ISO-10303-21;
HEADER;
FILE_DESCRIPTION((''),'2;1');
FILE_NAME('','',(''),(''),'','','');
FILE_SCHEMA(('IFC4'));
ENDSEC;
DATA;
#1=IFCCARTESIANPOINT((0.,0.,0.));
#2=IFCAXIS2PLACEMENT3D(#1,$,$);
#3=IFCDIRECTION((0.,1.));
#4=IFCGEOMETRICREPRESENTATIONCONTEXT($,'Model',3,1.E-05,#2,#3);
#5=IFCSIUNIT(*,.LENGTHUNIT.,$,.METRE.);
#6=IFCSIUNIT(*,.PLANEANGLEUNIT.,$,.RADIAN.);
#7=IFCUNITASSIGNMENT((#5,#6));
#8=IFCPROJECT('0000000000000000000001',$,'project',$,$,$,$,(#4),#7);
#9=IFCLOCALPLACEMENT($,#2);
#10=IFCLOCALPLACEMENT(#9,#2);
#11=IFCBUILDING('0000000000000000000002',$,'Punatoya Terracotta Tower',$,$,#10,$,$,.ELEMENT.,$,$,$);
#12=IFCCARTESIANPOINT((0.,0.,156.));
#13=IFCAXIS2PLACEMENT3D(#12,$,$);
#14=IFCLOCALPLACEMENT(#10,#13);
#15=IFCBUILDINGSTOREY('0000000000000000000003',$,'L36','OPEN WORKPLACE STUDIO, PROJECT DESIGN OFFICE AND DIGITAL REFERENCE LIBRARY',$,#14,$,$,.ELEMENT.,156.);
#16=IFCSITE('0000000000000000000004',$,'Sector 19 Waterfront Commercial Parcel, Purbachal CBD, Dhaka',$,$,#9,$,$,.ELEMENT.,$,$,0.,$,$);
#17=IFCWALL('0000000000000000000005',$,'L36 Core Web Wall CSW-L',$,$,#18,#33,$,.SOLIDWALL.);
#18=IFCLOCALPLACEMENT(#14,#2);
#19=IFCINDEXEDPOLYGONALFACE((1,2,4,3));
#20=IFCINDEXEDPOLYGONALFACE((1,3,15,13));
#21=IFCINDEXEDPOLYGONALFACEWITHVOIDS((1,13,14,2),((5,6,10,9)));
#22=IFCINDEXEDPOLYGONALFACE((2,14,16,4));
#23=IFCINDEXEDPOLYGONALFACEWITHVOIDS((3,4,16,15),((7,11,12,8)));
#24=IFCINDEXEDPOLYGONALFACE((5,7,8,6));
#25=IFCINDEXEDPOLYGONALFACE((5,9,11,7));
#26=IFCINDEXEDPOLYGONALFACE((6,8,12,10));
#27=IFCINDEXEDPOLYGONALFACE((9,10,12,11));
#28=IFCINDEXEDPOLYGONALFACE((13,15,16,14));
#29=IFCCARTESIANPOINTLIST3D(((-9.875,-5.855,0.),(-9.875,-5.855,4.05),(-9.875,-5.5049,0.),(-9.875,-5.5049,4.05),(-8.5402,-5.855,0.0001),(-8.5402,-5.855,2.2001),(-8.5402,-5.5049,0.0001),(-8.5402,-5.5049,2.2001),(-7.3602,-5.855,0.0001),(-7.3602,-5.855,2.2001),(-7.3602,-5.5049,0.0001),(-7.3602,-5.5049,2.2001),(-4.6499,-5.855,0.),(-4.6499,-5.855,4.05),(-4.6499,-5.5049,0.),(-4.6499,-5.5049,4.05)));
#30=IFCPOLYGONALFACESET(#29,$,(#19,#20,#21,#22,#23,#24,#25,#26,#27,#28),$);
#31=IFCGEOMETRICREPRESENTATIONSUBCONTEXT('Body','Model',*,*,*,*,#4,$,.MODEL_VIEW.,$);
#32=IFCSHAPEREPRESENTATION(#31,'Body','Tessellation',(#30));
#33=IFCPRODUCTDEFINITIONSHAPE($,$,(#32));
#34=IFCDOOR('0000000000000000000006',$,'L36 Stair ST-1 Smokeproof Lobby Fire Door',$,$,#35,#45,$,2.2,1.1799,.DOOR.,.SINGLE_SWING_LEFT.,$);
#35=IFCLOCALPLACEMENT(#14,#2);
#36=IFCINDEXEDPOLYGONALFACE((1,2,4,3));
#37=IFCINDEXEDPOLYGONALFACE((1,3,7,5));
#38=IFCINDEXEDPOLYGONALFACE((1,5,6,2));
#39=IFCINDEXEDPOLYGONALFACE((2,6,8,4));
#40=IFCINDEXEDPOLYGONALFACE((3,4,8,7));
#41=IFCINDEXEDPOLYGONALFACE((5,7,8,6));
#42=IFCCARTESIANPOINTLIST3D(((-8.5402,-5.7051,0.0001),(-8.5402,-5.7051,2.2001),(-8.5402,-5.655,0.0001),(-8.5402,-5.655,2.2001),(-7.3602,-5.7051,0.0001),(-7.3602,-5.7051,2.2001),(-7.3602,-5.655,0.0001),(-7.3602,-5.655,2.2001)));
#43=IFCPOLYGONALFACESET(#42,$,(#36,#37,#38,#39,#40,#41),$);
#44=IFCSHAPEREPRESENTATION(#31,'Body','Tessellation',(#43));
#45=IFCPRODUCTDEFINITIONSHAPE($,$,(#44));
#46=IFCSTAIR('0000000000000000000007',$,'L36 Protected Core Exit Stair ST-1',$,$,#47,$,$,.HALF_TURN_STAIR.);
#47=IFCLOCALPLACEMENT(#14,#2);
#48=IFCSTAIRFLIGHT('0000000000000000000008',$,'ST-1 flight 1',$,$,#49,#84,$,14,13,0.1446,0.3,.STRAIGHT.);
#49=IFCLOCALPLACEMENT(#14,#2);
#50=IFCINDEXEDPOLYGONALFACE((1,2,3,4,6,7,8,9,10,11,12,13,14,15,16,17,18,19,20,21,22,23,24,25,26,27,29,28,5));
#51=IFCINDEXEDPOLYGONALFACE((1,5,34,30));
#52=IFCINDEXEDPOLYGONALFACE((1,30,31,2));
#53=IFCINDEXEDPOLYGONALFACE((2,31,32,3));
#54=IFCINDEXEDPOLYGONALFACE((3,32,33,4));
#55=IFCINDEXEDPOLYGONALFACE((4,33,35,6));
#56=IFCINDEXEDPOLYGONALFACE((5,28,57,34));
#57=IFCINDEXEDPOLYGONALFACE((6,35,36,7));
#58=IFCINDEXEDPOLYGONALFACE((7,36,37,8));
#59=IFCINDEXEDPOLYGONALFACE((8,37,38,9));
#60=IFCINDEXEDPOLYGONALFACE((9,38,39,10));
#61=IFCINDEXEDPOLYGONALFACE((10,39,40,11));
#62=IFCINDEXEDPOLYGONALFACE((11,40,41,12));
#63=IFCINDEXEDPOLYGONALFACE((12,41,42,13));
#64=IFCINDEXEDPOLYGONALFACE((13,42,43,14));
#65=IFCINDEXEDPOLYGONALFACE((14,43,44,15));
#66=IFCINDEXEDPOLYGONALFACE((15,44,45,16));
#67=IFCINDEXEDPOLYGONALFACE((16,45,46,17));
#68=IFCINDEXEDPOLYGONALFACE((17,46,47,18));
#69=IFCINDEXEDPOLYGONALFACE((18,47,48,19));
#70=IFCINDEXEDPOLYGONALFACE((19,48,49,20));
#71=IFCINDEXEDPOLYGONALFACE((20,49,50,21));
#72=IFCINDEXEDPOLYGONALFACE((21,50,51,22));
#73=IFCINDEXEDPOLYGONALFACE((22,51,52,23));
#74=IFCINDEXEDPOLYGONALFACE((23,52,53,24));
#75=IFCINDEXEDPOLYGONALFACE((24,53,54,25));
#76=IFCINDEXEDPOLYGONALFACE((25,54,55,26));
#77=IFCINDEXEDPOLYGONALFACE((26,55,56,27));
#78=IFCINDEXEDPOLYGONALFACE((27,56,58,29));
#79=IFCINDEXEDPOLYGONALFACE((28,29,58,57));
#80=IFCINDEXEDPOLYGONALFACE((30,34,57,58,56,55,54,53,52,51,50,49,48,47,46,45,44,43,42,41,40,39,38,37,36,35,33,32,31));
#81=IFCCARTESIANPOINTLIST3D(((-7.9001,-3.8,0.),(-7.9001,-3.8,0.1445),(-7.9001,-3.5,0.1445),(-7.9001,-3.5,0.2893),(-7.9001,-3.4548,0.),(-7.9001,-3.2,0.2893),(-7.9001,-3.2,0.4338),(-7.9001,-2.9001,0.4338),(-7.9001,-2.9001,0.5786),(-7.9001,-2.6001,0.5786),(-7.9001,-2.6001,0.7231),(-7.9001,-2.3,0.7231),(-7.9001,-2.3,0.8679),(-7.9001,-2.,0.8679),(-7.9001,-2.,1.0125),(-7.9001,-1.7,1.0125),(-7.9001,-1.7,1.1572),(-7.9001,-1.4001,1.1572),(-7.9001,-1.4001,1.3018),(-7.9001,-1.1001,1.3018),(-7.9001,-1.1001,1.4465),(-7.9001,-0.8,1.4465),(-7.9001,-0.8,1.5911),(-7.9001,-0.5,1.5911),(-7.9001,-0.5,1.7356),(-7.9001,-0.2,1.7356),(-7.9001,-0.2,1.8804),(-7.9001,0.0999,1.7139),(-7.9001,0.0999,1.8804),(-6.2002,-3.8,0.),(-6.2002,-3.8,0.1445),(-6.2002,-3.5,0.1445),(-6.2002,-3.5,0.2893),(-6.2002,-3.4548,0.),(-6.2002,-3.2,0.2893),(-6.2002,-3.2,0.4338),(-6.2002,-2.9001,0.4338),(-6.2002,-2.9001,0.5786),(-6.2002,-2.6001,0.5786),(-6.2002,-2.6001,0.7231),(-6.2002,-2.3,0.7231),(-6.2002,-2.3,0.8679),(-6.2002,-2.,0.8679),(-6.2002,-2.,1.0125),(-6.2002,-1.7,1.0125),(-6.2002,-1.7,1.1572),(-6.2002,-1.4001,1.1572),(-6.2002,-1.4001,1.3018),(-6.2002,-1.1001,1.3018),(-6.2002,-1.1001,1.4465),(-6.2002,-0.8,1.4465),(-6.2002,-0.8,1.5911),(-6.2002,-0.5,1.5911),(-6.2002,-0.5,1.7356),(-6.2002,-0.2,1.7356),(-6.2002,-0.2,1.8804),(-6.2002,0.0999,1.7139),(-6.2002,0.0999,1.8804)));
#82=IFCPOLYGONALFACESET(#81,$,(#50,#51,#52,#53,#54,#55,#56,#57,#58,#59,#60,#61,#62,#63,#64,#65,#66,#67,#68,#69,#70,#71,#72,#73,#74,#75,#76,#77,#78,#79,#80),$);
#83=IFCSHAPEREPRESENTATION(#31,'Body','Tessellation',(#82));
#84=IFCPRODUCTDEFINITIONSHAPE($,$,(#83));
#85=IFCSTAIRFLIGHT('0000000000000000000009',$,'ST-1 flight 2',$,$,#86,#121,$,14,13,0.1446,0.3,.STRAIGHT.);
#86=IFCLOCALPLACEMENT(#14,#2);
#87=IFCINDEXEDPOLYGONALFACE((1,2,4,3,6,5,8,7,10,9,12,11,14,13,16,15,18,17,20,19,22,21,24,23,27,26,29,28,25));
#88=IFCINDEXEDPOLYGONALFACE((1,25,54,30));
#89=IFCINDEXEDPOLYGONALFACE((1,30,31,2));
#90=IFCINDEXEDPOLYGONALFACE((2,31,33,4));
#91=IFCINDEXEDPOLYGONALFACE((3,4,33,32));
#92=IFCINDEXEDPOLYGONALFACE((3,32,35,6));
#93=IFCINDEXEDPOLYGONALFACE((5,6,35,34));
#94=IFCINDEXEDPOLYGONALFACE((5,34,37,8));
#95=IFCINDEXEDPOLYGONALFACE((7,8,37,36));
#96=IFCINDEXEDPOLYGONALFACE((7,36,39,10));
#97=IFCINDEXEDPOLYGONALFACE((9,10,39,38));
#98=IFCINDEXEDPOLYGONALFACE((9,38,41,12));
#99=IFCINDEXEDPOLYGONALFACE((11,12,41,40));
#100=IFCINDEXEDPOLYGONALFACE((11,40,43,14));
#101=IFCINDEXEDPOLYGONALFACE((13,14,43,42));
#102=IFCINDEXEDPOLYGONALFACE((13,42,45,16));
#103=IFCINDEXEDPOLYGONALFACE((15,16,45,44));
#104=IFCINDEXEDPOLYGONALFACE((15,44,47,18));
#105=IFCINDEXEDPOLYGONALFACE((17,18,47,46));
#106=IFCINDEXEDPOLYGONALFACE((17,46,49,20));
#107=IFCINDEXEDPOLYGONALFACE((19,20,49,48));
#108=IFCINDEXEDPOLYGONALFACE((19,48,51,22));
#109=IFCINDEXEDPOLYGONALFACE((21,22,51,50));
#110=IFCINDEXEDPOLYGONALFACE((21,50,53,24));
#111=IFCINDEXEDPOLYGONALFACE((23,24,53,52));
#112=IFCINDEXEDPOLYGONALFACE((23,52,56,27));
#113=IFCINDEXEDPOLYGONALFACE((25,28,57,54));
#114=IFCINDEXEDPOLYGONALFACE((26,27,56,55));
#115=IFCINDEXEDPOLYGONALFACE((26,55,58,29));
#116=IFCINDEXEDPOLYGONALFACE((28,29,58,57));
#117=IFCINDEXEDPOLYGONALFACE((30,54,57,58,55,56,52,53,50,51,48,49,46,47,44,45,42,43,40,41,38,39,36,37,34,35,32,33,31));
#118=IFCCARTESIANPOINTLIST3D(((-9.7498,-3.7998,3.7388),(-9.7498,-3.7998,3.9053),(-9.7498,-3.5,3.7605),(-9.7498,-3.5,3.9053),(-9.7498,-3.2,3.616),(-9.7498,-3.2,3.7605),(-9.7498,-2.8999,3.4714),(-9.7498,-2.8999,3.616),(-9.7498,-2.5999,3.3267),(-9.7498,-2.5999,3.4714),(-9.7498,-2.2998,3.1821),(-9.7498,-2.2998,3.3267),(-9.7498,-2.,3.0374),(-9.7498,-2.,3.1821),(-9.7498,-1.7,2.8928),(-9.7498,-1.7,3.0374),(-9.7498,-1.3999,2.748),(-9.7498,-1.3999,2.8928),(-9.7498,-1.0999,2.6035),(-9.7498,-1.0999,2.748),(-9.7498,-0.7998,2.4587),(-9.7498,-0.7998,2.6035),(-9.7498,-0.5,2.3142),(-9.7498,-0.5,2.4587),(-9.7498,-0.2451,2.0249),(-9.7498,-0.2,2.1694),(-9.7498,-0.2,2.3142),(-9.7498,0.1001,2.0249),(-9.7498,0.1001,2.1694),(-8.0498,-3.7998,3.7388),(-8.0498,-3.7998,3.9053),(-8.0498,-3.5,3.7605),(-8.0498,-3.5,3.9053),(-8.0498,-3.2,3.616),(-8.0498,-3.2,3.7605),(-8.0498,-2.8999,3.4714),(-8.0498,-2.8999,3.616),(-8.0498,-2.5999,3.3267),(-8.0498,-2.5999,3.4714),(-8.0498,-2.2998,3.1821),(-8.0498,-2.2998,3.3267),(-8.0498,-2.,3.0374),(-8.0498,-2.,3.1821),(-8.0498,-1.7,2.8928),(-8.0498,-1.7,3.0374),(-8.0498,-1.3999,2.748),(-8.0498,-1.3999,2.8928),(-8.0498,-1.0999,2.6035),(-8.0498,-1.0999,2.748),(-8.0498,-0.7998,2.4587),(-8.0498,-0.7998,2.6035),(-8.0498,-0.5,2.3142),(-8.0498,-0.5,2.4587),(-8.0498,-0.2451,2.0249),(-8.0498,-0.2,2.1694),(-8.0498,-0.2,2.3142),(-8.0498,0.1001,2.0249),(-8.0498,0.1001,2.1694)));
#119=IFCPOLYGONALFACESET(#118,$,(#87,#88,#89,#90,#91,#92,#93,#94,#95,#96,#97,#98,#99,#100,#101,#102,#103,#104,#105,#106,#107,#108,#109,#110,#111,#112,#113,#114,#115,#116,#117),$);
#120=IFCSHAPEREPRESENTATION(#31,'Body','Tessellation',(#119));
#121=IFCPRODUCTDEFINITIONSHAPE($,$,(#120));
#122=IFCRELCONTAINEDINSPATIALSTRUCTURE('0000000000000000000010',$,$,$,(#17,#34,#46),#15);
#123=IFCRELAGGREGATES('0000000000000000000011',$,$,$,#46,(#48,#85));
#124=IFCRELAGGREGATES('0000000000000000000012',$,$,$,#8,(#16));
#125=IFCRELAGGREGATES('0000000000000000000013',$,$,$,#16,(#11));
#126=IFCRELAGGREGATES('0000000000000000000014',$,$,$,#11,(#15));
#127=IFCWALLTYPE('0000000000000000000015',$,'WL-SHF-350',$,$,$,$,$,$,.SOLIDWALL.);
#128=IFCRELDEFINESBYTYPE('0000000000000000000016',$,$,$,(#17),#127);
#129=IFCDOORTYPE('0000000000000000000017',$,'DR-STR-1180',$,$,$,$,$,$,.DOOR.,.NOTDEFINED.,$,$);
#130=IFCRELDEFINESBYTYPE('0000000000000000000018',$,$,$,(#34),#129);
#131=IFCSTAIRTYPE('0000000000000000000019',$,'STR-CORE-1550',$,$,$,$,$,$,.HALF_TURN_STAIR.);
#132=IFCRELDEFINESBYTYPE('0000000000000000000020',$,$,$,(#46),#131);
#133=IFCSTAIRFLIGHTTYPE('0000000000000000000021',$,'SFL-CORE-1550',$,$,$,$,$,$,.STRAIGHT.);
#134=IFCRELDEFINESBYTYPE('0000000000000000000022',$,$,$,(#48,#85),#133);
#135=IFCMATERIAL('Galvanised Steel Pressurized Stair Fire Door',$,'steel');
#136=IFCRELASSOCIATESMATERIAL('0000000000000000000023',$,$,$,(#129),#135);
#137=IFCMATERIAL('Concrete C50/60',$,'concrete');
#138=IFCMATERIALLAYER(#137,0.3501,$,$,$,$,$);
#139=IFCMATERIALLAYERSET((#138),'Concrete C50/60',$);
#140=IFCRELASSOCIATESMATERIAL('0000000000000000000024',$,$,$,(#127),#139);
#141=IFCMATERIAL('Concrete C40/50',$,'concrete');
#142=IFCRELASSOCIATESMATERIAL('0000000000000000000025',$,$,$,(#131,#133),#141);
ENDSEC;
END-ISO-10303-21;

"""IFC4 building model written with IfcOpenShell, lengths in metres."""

from ifc_helpers import new_model, si_unit, direction, frame, frame_2d, origin, place, context, subcontext, project, spatial, polyline, rectangle, outline, extrude, material, layer, layer_set, type_object, element, fill, aggregate, save


model = new_model("IFC4")

# Units and contexts
model_context = context("Model", 3, precision=1e-05, world=origin(), true_north=direction((0.0, 1.0)))
body_context = subcontext(model_context, "Body", "Model", "MODEL_VIEW")
ifc_project = project(units=[si_unit("LENGTHUNIT", "METRE"), si_unit("PLANEANGLEUNIT", "RADIAN")], contexts=[model_context])

# Site, building, storey
site_placement = place(None, origin())
site = spatial("IfcSite", under=ifc_project, at=site_placement, Name="Sector 19 Waterfront Commercial Parcel, Purbachal CBD, Dhaka", CompositionType="ELEMENT", RefElevation=0.0)
building_placement = place(site_placement, origin())
building = spatial("IfcBuilding", under=site, at=building_placement, Name="Punatoya Terracotta Tower", CompositionType="ELEMENT")
storey_placement = place(building_placement, frame((0.0, 0.0, 156.0)))
storey = spatial("IfcBuildingStorey", under=building, at=storey_placement, Name="L36", Description="OPEN WORKPLACE STUDIO, PROJECT DESIGN OFFICE AND DIGITAL REFERENCE LIBRARY", CompositionType="ELEMENT", Elevation=156.0)

# Shared definitions
ifc_material_1 = material(Name="Galvanised Steel Pressurized Stair Fire Door", Category="steel")
door_type_1 = type_object("IfcDoorType", Name="DR-STR-1180", OperationType="NOTDEFINED", PredefinedType="DOOR", material=ifc_material_1)

# Shared definitions
ifc_material_2 = material(Name="Concrete C40/50", Category="concrete")

# Wall, opening, door
ifc_material_3 = material(Name="Concrete C50/60", Category="concrete")
ifc_layer_1 = layer(ifc_material_3, 0.3501)
ifc_layer_set_1 = layer_set([ifc_layer_1], Name="Concrete C50/60")
wall_type_1 = type_object("IfcWallType", Name="WL-SHF-350", PredefinedType="SOLIDWALL", material=ifc_layer_set_1)
wall_1_placement = place(storey_placement, frame((-9.875, -5.6799, 0.0), z_axis=(0.0, 0.0, 1.0), x_axis=(1.0, 0.0, 0.0)))
wall_1 = element("IfcWall", 1, at=wall_1_placement, inside=storey, type_object=wall_type_1, Name="L36 Core Web Wall CSW-L", PredefinedType="SOLIDWALL", context=body_context, shape_type="SweptSolid", body=[
    extrude(rectangle(XDim=5.2251, YDim=0.3501, at=frame_2d((2.6125, 0.0))), origin(), (0.0, 0.0, 1.0), 4.05),
])
opening_1_placement = place(wall_1_placement, frame((1.335, 0.0, 0.0)))
opening_1 = element("IfcOpeningElement", 2, at=opening_1_placement, cuts=wall_1, PredefinedType="OPENING", context=body_context, shape_type="SweptSolid", body=[
    extrude(rectangle(XDim=1.1799, YDim=2.2, at=frame_2d((0.5898, 1.1001))), frame((0.0, 0.1851, 0.0), z_axis=(0.0, -1.0, 0.0), x_axis=(1.0, 0.0, 0.0)), (0.0, 0.0, 1.0), 0.3701),
])
door_1_placement = place(opening_1_placement, origin())
door_1 = element("IfcDoor", 3, at=door_1_placement, inside=storey, type_object=door_type_1, Name="L36 Stair ST-1 Smokeproof Lobby Fire Door", OperationType="SINGLE_SWING_LEFT", OverallHeight=2.2, OverallWidth=1.1799, PredefinedType="DOOR", context=body_context, shape_type="SweptSolid", body=[
    extrude(rectangle(XDim=1.1799, YDim=2.2, at=frame_2d((0.5898, 1.1001))), frame((0.0, 0.0249, 0.0), z_axis=(0.0, -1.0, 0.0), x_axis=(1.0, 0.0, 0.0)), (0.0, 0.0, 1.0), 0.05),
])
fill(opening_1, door_1)

# Stair, stair flights
stair_type = type_object("IfcStairType", Name="STR-CORE-1550", PredefinedType="HALF_TURN_STAIR", material=ifc_material_2)
stair_placement = place(storey_placement, origin())
stair = element("IfcStair", 4, at=stair_placement, inside=storey, type_object=stair_type, Name="L36 Protected Core Exit Stair ST-1", PredefinedType="HALF_TURN_STAIR")
stair_flight_type = type_object("IfcStairFlightType", Name="SFL-CORE-1550", PredefinedType="STRAIGHT", material=ifc_material_2)
stair_flight_1_placement = place(storey_placement, frame((-7.05, -3.8, 0.0), z_axis=(0.0, 0.0, 1.0), x_axis=(0.0, 1.0, 0.0)))
stair_flight_1 = element("IfcStairFlight", 5, at=stair_flight_1_placement, type_object=stair_flight_type, Name="ST-1 flight 1", NumberOfRisers=14, NumberOfTreads=13, PredefinedType="STRAIGHT", RiserHeight=0.1446, TreadLength=0.3, context=body_context, shape_type="SweptSolid", body=[
    extrude(outline(polyline([(0.0, 0.0), (0.0, 0.1445), (0.3, 0.1445), (0.3, 0.2893), (0.6001, 0.2893), (0.6001, 0.4338), (0.8999, 0.4338), (0.8999, 0.5786), (1.2, 0.5786), (1.2, 0.7231), (1.5, 0.7231), (1.5, 0.8679), (1.8, 0.8679), (1.8, 1.0125), (2.1001, 1.0125), (2.1001, 1.1572), (2.3999, 1.1572), (2.3999, 1.3018), (2.7, 1.3018), (2.7, 1.4465), (3.0, 1.4465), (3.0, 1.5911), (3.3, 1.5911), (3.3, 1.7356), (3.6001, 1.7356), (3.6001, 1.8804), (3.8999, 1.8804), (3.8999, 2.0249), (3.8999, 1.7139), (0.3452, 0.0), (0.0, 0.0)])), frame((0.0, 0.8501, 0.0), z_axis=(0.0, -1.0, 0.0), x_axis=(1.0, 0.0, 0.0)), (0.0, 0.0, 1.0), 1.7),
])
stair_flight_2_placement = place(storey_placement, frame((-8.8999, 0.1001, 2.0249), z_axis=(0.0, 0.0, 1.0), x_axis=(0.0, -1.0, 0.0)))
stair_flight_2 = element("IfcStairFlight", 6, at=stair_flight_2_placement, type_object=stair_flight_type, Name="ST-1 flight 2", NumberOfRisers=14, NumberOfTreads=13, PredefinedType="STRAIGHT", RiserHeight=0.1446, TreadLength=0.3, context=body_context, shape_type="SweptSolid", body=[
    extrude(outline(polyline([(0.0, 0.0), (0.0, 0.1445), (0.3, 0.1445), (0.3, 0.2893), (0.6001, 0.2893), (0.6001, 0.4338), (0.8999, 0.4338), (0.8999, 0.5786), (1.2, 0.5786), (1.2, 0.7231), (1.5, 0.7231), (1.5, 0.8679), (1.8, 0.8679), (1.8, 1.0125), (2.1001, 1.0125), (2.1001, 1.1572), (2.3999, 1.1572), (2.3999, 1.3018), (2.7, 1.3018), (2.7, 1.4465), (3.0, 1.4465), (3.0, 1.5911), (3.3, 1.5911), (3.3, 1.7356), (3.6001, 1.7356), (3.6001, 1.8804), (3.8999, 1.8804), (3.8999, 2.0249), (3.8999, 1.7139), (0.3452, 0.0), (0.0, 0.0)])), frame((0.0, 0.8501, 0.0), z_axis=(0.0, -1.0, 0.0), x_axis=(1.0, 0.0, 0.0)), (0.0, 0.0, 1.0), 1.7),
])
aggregate(stair, [stair_flight_1, stair_flight_2])

save(model, "model.ifc")
